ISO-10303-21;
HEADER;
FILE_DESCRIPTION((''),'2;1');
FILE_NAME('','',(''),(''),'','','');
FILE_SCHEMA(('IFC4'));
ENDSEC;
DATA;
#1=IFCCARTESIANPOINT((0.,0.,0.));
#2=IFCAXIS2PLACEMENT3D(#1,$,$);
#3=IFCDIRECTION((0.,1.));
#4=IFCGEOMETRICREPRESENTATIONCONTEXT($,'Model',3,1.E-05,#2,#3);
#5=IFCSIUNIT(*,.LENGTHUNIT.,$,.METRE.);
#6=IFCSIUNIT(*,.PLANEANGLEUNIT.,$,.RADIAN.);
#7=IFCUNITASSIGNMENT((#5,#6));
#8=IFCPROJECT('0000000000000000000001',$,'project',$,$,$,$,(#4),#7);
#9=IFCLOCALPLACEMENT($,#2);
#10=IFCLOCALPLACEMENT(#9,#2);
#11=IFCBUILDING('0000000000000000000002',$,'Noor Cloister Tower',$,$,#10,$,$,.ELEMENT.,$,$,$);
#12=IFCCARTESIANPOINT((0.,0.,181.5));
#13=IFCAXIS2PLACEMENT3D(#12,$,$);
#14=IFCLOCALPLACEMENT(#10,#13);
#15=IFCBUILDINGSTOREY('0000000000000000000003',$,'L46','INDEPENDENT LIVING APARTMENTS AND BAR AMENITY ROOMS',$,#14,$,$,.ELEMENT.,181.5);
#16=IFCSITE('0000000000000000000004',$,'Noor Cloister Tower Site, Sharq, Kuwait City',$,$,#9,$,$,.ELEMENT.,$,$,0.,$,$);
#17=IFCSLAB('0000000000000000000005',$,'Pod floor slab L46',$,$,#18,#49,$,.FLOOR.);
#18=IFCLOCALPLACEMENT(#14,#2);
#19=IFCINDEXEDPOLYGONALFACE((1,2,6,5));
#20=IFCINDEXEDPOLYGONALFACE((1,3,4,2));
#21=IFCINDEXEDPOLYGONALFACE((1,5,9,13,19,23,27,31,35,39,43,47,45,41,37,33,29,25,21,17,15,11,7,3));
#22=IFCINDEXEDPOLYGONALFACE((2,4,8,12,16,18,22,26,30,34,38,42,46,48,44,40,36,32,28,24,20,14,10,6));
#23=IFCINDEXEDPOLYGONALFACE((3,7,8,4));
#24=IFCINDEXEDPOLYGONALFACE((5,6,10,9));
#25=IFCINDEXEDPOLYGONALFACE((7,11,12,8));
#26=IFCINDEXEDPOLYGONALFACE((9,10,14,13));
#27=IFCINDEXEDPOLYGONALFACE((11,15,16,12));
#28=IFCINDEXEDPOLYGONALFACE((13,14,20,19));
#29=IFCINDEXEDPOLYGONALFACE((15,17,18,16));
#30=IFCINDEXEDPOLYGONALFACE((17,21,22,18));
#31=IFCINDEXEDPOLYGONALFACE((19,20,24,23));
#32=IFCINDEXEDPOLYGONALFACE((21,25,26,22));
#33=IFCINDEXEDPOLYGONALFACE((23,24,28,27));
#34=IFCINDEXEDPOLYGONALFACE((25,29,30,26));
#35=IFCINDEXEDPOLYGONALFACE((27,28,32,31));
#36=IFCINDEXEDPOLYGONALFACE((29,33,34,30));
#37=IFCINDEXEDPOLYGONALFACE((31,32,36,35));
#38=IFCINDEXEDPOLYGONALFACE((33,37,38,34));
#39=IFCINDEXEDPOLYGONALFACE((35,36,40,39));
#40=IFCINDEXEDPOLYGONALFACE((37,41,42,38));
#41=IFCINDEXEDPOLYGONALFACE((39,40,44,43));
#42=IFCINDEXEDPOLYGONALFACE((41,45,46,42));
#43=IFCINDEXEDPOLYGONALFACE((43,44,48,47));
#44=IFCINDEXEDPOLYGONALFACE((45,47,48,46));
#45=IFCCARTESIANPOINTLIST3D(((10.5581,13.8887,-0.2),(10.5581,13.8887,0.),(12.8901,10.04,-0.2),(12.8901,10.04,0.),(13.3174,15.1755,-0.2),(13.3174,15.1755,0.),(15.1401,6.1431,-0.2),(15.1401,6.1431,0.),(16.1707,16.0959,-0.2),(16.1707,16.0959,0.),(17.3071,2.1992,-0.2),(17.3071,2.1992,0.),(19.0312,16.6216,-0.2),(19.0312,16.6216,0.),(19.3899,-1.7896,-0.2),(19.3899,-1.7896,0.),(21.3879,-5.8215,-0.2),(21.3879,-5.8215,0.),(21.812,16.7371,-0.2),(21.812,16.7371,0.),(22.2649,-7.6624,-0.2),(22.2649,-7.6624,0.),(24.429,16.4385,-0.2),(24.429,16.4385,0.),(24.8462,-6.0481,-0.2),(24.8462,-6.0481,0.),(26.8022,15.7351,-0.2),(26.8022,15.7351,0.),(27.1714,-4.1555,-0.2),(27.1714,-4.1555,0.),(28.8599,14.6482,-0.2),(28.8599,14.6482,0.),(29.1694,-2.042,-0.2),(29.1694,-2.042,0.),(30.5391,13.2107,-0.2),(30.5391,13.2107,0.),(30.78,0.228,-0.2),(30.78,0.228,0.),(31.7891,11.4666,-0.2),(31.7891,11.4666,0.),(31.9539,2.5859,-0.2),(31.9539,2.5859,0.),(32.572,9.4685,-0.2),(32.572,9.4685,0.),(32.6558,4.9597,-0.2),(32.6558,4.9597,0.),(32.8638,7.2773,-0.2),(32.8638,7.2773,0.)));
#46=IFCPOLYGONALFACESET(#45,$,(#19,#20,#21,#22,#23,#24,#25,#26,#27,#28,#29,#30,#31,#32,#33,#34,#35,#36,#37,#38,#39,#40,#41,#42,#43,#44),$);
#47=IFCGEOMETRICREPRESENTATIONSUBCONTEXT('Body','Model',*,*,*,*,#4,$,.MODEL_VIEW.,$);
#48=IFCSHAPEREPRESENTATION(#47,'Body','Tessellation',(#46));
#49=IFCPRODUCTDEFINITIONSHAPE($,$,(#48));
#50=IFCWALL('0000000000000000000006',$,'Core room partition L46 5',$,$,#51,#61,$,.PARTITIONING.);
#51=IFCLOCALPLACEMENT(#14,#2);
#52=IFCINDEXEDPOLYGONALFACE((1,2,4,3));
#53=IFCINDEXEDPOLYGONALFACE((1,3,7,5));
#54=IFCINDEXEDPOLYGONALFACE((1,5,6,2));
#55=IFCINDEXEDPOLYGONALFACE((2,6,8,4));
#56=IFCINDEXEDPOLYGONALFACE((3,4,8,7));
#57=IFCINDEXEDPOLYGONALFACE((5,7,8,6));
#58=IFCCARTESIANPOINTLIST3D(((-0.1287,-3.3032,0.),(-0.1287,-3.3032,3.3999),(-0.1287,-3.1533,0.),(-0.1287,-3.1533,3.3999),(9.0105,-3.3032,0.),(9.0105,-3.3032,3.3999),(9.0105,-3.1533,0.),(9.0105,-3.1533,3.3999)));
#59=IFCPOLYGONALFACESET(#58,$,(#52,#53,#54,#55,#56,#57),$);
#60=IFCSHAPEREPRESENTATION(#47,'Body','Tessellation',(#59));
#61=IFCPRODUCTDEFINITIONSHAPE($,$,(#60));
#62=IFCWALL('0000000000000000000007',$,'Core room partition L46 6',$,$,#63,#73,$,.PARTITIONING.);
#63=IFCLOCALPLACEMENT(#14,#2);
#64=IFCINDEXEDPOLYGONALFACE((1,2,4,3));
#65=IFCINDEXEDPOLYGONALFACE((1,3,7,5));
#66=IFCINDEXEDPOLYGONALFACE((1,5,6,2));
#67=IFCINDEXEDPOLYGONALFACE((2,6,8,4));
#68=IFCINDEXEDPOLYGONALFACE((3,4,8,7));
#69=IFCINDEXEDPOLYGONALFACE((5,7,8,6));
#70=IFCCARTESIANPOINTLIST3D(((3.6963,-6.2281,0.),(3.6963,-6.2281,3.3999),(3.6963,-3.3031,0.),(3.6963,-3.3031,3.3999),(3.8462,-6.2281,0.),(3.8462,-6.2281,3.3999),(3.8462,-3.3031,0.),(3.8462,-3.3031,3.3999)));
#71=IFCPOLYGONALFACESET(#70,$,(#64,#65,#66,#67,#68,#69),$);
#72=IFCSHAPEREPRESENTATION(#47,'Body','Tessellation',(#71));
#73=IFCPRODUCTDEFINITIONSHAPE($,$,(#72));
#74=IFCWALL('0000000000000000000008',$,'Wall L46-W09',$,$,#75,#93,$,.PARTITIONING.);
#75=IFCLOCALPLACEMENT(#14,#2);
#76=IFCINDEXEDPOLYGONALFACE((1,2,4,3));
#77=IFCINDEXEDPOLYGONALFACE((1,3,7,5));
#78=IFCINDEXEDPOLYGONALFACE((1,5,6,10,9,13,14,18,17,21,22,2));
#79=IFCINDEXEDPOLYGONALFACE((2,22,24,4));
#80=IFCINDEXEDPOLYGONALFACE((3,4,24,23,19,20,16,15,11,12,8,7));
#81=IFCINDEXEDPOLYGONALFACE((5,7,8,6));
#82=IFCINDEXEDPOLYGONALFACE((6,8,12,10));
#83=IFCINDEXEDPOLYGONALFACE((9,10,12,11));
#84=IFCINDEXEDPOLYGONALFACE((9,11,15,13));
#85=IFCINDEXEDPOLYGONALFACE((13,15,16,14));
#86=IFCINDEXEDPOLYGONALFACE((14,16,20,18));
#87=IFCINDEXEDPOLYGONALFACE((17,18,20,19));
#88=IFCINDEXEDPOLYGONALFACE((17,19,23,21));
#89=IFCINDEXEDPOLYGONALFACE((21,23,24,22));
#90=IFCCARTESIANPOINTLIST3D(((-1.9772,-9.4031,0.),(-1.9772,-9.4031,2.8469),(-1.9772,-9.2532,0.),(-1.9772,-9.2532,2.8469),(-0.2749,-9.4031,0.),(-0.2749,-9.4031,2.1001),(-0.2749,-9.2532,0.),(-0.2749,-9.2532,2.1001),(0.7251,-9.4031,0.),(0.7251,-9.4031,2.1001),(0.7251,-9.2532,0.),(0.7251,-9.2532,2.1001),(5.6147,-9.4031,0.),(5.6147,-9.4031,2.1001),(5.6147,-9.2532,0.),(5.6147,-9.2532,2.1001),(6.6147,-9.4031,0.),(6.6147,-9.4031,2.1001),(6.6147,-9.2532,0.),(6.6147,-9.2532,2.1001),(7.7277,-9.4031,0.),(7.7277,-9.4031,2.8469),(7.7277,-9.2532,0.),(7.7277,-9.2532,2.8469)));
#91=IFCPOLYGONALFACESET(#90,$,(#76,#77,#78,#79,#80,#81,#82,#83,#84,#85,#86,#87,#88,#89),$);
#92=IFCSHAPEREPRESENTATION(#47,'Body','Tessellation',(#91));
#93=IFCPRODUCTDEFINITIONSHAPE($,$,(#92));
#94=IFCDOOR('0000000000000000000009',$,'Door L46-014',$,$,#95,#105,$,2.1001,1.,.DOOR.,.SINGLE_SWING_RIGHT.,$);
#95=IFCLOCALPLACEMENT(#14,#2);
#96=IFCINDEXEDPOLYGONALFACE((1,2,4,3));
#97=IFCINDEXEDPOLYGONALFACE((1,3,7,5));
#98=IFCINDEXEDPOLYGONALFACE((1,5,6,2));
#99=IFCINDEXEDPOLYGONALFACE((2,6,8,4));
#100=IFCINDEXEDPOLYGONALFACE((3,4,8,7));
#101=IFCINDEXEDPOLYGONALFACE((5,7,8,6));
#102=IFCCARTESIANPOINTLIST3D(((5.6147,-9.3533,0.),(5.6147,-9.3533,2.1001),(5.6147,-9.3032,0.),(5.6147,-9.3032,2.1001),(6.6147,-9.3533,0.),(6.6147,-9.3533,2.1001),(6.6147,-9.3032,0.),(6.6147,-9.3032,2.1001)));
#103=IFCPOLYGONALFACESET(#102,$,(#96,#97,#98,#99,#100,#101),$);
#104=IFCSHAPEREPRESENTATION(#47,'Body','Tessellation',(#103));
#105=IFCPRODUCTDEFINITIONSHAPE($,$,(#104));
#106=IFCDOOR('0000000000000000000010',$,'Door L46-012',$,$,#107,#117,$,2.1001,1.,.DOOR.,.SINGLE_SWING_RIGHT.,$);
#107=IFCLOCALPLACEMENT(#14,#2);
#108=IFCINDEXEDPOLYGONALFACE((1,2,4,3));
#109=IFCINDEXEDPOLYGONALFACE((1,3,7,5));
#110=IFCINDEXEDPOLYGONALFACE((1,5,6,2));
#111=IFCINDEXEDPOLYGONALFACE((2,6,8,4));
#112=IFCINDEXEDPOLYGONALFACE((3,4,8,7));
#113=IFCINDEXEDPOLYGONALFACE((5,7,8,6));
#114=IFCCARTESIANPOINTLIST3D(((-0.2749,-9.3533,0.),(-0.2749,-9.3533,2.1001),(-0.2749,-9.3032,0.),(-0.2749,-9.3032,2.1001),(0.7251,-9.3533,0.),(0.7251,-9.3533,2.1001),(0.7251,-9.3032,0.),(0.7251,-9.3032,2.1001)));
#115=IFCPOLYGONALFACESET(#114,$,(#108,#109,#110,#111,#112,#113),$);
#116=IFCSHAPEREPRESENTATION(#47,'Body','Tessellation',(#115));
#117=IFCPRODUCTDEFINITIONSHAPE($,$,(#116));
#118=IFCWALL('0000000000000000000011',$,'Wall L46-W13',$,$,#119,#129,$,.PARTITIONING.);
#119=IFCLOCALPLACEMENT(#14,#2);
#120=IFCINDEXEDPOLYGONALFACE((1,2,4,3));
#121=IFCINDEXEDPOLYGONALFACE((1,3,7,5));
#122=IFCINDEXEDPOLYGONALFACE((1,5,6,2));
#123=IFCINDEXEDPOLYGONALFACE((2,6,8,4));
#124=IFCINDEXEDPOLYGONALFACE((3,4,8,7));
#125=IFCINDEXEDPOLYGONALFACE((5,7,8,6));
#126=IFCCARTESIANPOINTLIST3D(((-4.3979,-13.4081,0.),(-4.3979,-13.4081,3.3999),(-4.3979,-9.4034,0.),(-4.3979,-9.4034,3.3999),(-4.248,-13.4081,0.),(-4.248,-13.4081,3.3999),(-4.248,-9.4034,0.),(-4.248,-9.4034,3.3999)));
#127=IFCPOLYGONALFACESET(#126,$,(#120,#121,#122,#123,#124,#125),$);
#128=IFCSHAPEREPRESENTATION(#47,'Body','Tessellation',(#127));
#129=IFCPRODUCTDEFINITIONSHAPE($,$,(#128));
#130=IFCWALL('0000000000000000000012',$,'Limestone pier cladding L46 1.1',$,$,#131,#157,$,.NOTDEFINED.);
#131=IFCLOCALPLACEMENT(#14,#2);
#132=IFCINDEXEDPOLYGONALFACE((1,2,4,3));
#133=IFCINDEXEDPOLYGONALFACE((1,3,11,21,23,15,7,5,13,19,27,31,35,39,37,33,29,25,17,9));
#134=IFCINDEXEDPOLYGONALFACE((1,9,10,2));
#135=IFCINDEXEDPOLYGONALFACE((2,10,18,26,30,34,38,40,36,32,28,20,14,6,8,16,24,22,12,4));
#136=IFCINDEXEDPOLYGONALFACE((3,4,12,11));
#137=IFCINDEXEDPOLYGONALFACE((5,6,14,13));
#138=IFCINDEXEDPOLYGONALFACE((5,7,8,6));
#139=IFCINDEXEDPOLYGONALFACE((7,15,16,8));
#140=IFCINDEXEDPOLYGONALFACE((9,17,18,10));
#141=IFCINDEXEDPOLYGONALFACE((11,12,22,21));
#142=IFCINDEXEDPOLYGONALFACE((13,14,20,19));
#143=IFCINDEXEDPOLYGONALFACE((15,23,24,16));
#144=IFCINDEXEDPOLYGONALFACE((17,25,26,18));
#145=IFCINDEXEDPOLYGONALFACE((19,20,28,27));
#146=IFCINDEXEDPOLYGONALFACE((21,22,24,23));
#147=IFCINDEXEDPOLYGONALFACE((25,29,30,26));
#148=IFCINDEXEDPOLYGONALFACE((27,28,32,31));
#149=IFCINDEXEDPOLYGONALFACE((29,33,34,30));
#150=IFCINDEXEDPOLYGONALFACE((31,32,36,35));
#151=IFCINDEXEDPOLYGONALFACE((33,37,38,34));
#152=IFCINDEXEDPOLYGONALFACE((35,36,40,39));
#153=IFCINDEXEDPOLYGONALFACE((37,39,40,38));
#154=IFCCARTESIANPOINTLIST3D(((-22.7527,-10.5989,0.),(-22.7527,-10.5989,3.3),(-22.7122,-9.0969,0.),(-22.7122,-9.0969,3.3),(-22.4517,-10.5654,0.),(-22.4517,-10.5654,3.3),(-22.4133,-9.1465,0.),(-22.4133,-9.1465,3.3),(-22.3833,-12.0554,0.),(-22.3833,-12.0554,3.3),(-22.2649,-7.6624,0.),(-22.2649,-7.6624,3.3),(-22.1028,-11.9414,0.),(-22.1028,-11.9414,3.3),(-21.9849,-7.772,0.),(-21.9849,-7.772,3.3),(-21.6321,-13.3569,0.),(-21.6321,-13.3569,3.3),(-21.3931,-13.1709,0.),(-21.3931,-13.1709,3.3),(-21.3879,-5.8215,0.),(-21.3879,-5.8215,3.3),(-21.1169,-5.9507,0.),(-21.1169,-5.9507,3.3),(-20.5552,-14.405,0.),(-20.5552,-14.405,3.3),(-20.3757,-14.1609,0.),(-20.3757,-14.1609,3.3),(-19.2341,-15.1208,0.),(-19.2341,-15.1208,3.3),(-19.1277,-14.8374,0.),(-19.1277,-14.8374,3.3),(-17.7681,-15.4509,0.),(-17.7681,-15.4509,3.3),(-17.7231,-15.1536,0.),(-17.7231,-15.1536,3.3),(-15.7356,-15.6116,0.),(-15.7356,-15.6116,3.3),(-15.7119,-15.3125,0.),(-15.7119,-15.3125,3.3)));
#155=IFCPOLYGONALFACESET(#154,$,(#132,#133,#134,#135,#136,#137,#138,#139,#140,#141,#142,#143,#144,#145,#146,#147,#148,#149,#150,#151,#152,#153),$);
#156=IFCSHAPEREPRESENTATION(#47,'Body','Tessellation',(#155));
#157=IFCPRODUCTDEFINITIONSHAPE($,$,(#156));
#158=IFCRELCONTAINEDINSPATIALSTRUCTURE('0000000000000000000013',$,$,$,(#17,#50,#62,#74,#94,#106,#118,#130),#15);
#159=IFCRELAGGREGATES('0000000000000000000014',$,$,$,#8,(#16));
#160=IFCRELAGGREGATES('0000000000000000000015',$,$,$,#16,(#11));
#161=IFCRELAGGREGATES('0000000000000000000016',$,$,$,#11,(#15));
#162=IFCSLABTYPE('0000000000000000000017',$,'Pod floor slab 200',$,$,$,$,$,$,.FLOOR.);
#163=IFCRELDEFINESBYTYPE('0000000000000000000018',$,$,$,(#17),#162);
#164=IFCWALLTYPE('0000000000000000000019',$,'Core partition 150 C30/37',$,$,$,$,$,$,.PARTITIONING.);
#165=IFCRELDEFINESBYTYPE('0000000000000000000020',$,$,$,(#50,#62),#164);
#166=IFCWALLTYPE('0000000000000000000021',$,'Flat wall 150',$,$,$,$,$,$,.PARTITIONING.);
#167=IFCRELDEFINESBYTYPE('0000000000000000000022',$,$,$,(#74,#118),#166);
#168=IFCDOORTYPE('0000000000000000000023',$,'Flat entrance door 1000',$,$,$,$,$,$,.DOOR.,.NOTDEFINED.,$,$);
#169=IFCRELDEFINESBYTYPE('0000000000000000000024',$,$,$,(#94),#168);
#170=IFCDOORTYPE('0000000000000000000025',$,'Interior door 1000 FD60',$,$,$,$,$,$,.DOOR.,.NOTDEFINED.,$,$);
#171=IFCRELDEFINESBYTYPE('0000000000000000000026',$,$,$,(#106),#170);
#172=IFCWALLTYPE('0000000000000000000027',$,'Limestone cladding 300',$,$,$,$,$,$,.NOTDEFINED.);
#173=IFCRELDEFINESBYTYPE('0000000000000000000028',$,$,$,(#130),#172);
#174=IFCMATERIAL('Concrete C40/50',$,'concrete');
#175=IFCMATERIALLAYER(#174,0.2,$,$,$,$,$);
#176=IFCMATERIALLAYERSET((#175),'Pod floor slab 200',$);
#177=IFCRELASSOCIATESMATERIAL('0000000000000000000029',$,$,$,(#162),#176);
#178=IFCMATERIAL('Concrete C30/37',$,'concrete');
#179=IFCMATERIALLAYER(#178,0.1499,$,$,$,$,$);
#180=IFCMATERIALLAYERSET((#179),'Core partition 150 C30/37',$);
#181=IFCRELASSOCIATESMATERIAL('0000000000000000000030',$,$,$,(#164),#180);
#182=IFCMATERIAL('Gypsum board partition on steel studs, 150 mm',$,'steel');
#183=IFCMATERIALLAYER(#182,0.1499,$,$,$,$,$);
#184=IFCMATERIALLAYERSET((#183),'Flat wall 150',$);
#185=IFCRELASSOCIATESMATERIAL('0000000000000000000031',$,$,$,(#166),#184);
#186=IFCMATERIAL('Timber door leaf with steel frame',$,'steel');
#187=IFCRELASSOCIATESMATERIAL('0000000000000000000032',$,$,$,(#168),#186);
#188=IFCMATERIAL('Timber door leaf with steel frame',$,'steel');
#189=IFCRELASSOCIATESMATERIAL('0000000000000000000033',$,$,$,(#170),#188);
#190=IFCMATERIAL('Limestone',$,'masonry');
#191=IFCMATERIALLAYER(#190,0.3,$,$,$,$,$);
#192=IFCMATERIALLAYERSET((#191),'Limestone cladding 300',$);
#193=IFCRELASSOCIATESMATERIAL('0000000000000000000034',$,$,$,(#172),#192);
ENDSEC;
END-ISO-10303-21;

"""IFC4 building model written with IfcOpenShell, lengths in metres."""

from ifc_helpers import new_model, si_unit, direction, frame, frame_2d, origin, place, context, subcontext, project, spatial, polyline, rectangle, outline, extrude, material, layer, layer_set, type_object, element, fill, save


model = new_model("IFC4")

# Units and contexts
model_context = context("Model", 3, precision=1e-05, world=origin(), true_north=direction((0.0, 1.0)))
body_context = subcontext(model_context, "Body", "Model", "MODEL_VIEW")
ifc_project = project(units=[si_unit("LENGTHUNIT", "METRE"), si_unit("PLANEANGLEUNIT", "RADIAN")], contexts=[model_context])

# Site, building, storey
site_placement = place(None, origin())
site = spatial("IfcSite", under=ifc_project, at=site_placement, Name="Noor Cloister Tower Site, Sharq, Kuwait City", CompositionType="ELEMENT", RefElevation=0.0)
building_placement = place(site_placement, origin())
building = spatial("IfcBuilding", under=site, at=building_placement, Name="Noor Cloister Tower", CompositionType="ELEMENT")
storey_placement = place(building_placement, frame((0.0, 0.0, 181.5)))
storey = spatial("IfcBuildingStorey", under=building, at=storey_placement, Name="L46", Description="INDEPENDENT LIVING APARTMENTS AND BAR AMENITY ROOMS", CompositionType="ELEMENT", Elevation=181.5)

# Slab
ifc_material_1 = material(Name="Concrete C40/50", Category="concrete")
ifc_layer_1 = layer(ifc_material_1, 0.2)
ifc_layer_set_1 = layer_set([ifc_layer_1], Name="Pod floor slab 200")
slab_type_1 = type_object("IfcSlabType", Name="Pod floor slab 200", PredefinedType="FLOOR", material=ifc_layer_set_1)
slab_1_placement = place(storey_placement, frame((0.0, 0.0, -0.2)))
element("IfcSlab", 1, at=slab_1_placement, inside=storey, type_object=slab_type_1, Name="Pod floor slab L46", PredefinedType="FLOOR", context=body_context, shape_type="SweptSolid", body=[
    extrude(outline(polyline([(22.2649, -7.6624), (24.8462, -6.0481), (27.1714, -4.1555), (29.1694, -2.042), (30.78, 0.228), (31.9539, 2.5859), (32.6558, 4.9597), (32.8638, 7.2773), (32.572, 9.4685), (31.7891, 11.4666), (30.5391, 13.2107), (28.8599, 14.6482), (26.8022, 15.7351), (24.429, 16.4385), (21.812, 16.7371), (19.0312, 16.6216), (16.1707, 16.0959), (13.3174, 15.1755), (10.5581, 13.8887), (12.8901, 10.04), (15.1401, 6.1431), (17.3071, 2.1992), (19.3899, -1.7896), (21.3879, -5.8215), (22.2649, -7.6624)])), origin(), (0.0, 0.0, 1.0), 0.2),
])

# Walls
ifc_material_2 = material(Name="Concrete C30/37", Category="concrete")
ifc_layer_2 = layer(ifc_material_2, 0.1499)
ifc_layer_set_2 = layer_set([ifc_layer_2], Name="Core partition 150 C30/37")
wall_type_1 = type_object("IfcWallType", Name="Core partition 150 C30/37", PredefinedType="PARTITIONING", material=ifc_layer_set_2)
wall_1_placement = place(storey_placement, frame((-0.1287, -3.2283, 0.0), z_axis=(0.0, 0.0, 1.0), x_axis=(1.0, 0.0, 0.0)))
element("IfcWall", 2, at=wall_1_placement, inside=storey, type_object=wall_type_1, Name="Core room partition L46 5", PredefinedType="PARTITIONING", context=body_context, shape_type="SweptSolid", body=[
    extrude(rectangle(XDim=9.1392, YDim=0.1499, at=frame_2d((4.5696, 0.0))), origin(), (0.0, 0.0, 1.0), 3.3999),
])
wall_2_placement = place(storey_placement, frame((3.7712, -3.3032, 0.0), z_axis=(0.0, 0.0, 1.0), x_axis=(0.0, -1.0, 0.0)))
element("IfcWall", 3, at=wall_2_placement, inside=storey, type_object=wall_type_1, Name="Core room partition L46 6", PredefinedType="PARTITIONING", context=body_context, shape_type="SweptSolid", body=[
    extrude(rectangle(XDim=2.925, YDim=0.1499, at=frame_2d((1.4624, 0.0))), origin(), (0.0, 0.0, 1.0), 3.3999),
])

# Wall, openings, doors
ifc_material_3 = material(Name="Gypsum board partition on steel studs, 150 mm", Category="steel")
ifc_layer_3 = layer(ifc_material_3, 0.1499)
ifc_layer_set_3 = layer_set([ifc_layer_3], Name="Flat wall 150")
wall_type_2 = type_object("IfcWallType", Name="Flat wall 150", PredefinedType="PARTITIONING", material=ifc_layer_set_3)
wall_3_placement = place(storey_placement, frame((-1.9773, -9.3281, 0.0), z_axis=(0.0, 0.0, 1.0), x_axis=(1.0, 0.0, 0.0)))
wall_3 = element("IfcWall", 4, at=wall_3_placement, inside=storey, type_object=wall_type_2, Name="Wall L46-W09", PredefinedType="PARTITIONING", context=body_context, shape_type="SweptSolid", body=[
    extrude(rectangle(XDim=9.7048, YDim=0.1499, at=frame_2d((4.8525, 0.0))), origin(), (0.0, 0.0, 1.0), 2.8469),
])
opening_1_placement = place(wall_3_placement, frame((1.7024, 0.0, 0.0)))
opening_1 = element("IfcOpeningElement", 5, at=opening_1_placement, cuts=wall_3, PredefinedType="OPENING", context=body_context, shape_type="SweptSolid", body=[
    extrude(rectangle(XDim=1.0, YDim=2.1001, at=frame_2d((0.5, 1.05))), frame((0.0, 0.085, 0.0), z_axis=(0.0, -1.0, 0.0), x_axis=(1.0, 0.0, 0.0)), (0.0, 0.0, 1.0), 0.1699),
])
opening_2_placement = place(wall_3_placement, frame((7.592, 0.0, 0.0)))
opening_2 = element("IfcOpeningElement", 6, at=opening_2_placement, cuts=wall_3, PredefinedType="OPENING", context=body_context, shape_type="SweptSolid", body=[
    extrude(rectangle(XDim=1.0, YDim=2.1001, at=frame_2d((0.5, 1.05))), frame((0.0, 0.085, 0.0), z_axis=(0.0, -1.0, 0.0), x_axis=(1.0, 0.0, 0.0)), (0.0, 0.0, 1.0), 0.1699),
])
ifc_material_4 = material(Name="Timber door leaf with steel frame", Category="steel")
door_type_1 = type_object("IfcDoorType", Name="Flat entrance door 1000", OperationType="NOTDEFINED", PredefinedType="DOOR", material=ifc_material_4)
door_1_placement = place(opening_2_placement, origin())
door_1 = element("IfcDoor", 7, at=door_1_placement, inside=storey, type_object=door_type_1, Name="Door L46-014", OperationType="SINGLE_SWING_RIGHT", OverallHeight=2.1001, OverallWidth=1.0, PredefinedType="DOOR", context=body_context, shape_type="SweptSolid", body=[
    extrude(rectangle(XDim=1.0, YDim=2.1001, at=frame_2d((0.5, 1.05))), frame((0.0, 0.0249, 0.0), z_axis=(0.0, -1.0, 0.0), x_axis=(1.0, 0.0, 0.0)), (0.0, 0.0, 1.0), 0.05),
])
fill(opening_2, door_1)
ifc_material_5 = material(Name="Timber door leaf with steel frame", Category="steel")
door_type_2 = type_object("IfcDoorType", Name="Interior door 1000 FD60", OperationType="NOTDEFINED", PredefinedType="DOOR", material=ifc_material_5)
door_2_placement = place(opening_1_placement, origin())
door_2 = element("IfcDoor", 8, at=door_2_placement, inside=storey, type_object=door_type_2, Name="Door L46-012", OperationType="SINGLE_SWING_RIGHT", OverallHeight=2.1001, OverallWidth=1.0, PredefinedType="DOOR", context=body_context, shape_type="SweptSolid", body=[
    extrude(rectangle(XDim=1.0, YDim=2.1001, at=frame_2d((0.5, 1.05))), frame((0.0, 0.0249, 0.0), z_axis=(0.0, -1.0, 0.0), x_axis=(1.0, 0.0, 0.0)), (0.0, 0.0, 1.0), 0.05),
])
fill(opening_1, door_2)

# Walls
wall_4_placement = place(storey_placement, frame((-4.323, -9.4033, 0.0), z_axis=(0.0, 0.0, 1.0), x_axis=(0.0, -1.0, 0.0)))
element("IfcWall", 9, at=wall_4_placement, inside=storey, type_object=wall_type_2, Name="Wall L46-W13", PredefinedType="PARTITIONING", context=body_context, shape_type="SweptSolid", body=[
    extrude(rectangle(XDim=4.0046, YDim=0.1499, at=frame_2d((2.0024, 0.0))), origin(), (0.0, 0.0, 1.0), 3.3999),
])
ifc_material_6 = material(Name="Limestone", Category="masonry")
ifc_layer_4 = layer(ifc_material_6, 0.3)
ifc_layer_set_4 = layer_set([ifc_layer_4], Name="Limestone cladding 300")
wall_type_3 = type_object("IfcWallType", Name="Limestone cladding 300", PredefinedType="NOTDEFINED", material=ifc_layer_set_4)
wall_5_placement = place(storey_placement, origin())
element("IfcWall", 10, at=wall_5_placement, inside=storey, type_object=wall_type_3, Name="Limestone pier cladding L46 1.1", PredefinedType="NOTDEFINED", context=body_context, shape_type="SweptSolid", body=[
    extrude(outline(polyline([(-21.3879, -5.8215), (-22.2649, -7.6624), (-22.7122, -9.0969), (-22.7527, -10.5989), (-22.3833, -12.0554), (-21.6321, -13.3569), (-20.5552, -14.405), (-19.2341, -15.1208), (-17.7681, -15.4509), (-15.7356, -15.6116), (-15.7119, -15.3125), (-17.7231, -15.1536), (-19.1277, -14.8374), (-20.3757, -14.1609), (-21.3931, -13.1709), (-22.1028, -11.9414), (-22.4517, -10.5654), (-22.4133, -9.1465), (-21.9849, -7.772), (-21.1169, -5.9507), (-21.3879, -5.8215)])), origin(), (0.0, 0.0, 1.0), 3.3),
])

save(model, "model.ifc")
